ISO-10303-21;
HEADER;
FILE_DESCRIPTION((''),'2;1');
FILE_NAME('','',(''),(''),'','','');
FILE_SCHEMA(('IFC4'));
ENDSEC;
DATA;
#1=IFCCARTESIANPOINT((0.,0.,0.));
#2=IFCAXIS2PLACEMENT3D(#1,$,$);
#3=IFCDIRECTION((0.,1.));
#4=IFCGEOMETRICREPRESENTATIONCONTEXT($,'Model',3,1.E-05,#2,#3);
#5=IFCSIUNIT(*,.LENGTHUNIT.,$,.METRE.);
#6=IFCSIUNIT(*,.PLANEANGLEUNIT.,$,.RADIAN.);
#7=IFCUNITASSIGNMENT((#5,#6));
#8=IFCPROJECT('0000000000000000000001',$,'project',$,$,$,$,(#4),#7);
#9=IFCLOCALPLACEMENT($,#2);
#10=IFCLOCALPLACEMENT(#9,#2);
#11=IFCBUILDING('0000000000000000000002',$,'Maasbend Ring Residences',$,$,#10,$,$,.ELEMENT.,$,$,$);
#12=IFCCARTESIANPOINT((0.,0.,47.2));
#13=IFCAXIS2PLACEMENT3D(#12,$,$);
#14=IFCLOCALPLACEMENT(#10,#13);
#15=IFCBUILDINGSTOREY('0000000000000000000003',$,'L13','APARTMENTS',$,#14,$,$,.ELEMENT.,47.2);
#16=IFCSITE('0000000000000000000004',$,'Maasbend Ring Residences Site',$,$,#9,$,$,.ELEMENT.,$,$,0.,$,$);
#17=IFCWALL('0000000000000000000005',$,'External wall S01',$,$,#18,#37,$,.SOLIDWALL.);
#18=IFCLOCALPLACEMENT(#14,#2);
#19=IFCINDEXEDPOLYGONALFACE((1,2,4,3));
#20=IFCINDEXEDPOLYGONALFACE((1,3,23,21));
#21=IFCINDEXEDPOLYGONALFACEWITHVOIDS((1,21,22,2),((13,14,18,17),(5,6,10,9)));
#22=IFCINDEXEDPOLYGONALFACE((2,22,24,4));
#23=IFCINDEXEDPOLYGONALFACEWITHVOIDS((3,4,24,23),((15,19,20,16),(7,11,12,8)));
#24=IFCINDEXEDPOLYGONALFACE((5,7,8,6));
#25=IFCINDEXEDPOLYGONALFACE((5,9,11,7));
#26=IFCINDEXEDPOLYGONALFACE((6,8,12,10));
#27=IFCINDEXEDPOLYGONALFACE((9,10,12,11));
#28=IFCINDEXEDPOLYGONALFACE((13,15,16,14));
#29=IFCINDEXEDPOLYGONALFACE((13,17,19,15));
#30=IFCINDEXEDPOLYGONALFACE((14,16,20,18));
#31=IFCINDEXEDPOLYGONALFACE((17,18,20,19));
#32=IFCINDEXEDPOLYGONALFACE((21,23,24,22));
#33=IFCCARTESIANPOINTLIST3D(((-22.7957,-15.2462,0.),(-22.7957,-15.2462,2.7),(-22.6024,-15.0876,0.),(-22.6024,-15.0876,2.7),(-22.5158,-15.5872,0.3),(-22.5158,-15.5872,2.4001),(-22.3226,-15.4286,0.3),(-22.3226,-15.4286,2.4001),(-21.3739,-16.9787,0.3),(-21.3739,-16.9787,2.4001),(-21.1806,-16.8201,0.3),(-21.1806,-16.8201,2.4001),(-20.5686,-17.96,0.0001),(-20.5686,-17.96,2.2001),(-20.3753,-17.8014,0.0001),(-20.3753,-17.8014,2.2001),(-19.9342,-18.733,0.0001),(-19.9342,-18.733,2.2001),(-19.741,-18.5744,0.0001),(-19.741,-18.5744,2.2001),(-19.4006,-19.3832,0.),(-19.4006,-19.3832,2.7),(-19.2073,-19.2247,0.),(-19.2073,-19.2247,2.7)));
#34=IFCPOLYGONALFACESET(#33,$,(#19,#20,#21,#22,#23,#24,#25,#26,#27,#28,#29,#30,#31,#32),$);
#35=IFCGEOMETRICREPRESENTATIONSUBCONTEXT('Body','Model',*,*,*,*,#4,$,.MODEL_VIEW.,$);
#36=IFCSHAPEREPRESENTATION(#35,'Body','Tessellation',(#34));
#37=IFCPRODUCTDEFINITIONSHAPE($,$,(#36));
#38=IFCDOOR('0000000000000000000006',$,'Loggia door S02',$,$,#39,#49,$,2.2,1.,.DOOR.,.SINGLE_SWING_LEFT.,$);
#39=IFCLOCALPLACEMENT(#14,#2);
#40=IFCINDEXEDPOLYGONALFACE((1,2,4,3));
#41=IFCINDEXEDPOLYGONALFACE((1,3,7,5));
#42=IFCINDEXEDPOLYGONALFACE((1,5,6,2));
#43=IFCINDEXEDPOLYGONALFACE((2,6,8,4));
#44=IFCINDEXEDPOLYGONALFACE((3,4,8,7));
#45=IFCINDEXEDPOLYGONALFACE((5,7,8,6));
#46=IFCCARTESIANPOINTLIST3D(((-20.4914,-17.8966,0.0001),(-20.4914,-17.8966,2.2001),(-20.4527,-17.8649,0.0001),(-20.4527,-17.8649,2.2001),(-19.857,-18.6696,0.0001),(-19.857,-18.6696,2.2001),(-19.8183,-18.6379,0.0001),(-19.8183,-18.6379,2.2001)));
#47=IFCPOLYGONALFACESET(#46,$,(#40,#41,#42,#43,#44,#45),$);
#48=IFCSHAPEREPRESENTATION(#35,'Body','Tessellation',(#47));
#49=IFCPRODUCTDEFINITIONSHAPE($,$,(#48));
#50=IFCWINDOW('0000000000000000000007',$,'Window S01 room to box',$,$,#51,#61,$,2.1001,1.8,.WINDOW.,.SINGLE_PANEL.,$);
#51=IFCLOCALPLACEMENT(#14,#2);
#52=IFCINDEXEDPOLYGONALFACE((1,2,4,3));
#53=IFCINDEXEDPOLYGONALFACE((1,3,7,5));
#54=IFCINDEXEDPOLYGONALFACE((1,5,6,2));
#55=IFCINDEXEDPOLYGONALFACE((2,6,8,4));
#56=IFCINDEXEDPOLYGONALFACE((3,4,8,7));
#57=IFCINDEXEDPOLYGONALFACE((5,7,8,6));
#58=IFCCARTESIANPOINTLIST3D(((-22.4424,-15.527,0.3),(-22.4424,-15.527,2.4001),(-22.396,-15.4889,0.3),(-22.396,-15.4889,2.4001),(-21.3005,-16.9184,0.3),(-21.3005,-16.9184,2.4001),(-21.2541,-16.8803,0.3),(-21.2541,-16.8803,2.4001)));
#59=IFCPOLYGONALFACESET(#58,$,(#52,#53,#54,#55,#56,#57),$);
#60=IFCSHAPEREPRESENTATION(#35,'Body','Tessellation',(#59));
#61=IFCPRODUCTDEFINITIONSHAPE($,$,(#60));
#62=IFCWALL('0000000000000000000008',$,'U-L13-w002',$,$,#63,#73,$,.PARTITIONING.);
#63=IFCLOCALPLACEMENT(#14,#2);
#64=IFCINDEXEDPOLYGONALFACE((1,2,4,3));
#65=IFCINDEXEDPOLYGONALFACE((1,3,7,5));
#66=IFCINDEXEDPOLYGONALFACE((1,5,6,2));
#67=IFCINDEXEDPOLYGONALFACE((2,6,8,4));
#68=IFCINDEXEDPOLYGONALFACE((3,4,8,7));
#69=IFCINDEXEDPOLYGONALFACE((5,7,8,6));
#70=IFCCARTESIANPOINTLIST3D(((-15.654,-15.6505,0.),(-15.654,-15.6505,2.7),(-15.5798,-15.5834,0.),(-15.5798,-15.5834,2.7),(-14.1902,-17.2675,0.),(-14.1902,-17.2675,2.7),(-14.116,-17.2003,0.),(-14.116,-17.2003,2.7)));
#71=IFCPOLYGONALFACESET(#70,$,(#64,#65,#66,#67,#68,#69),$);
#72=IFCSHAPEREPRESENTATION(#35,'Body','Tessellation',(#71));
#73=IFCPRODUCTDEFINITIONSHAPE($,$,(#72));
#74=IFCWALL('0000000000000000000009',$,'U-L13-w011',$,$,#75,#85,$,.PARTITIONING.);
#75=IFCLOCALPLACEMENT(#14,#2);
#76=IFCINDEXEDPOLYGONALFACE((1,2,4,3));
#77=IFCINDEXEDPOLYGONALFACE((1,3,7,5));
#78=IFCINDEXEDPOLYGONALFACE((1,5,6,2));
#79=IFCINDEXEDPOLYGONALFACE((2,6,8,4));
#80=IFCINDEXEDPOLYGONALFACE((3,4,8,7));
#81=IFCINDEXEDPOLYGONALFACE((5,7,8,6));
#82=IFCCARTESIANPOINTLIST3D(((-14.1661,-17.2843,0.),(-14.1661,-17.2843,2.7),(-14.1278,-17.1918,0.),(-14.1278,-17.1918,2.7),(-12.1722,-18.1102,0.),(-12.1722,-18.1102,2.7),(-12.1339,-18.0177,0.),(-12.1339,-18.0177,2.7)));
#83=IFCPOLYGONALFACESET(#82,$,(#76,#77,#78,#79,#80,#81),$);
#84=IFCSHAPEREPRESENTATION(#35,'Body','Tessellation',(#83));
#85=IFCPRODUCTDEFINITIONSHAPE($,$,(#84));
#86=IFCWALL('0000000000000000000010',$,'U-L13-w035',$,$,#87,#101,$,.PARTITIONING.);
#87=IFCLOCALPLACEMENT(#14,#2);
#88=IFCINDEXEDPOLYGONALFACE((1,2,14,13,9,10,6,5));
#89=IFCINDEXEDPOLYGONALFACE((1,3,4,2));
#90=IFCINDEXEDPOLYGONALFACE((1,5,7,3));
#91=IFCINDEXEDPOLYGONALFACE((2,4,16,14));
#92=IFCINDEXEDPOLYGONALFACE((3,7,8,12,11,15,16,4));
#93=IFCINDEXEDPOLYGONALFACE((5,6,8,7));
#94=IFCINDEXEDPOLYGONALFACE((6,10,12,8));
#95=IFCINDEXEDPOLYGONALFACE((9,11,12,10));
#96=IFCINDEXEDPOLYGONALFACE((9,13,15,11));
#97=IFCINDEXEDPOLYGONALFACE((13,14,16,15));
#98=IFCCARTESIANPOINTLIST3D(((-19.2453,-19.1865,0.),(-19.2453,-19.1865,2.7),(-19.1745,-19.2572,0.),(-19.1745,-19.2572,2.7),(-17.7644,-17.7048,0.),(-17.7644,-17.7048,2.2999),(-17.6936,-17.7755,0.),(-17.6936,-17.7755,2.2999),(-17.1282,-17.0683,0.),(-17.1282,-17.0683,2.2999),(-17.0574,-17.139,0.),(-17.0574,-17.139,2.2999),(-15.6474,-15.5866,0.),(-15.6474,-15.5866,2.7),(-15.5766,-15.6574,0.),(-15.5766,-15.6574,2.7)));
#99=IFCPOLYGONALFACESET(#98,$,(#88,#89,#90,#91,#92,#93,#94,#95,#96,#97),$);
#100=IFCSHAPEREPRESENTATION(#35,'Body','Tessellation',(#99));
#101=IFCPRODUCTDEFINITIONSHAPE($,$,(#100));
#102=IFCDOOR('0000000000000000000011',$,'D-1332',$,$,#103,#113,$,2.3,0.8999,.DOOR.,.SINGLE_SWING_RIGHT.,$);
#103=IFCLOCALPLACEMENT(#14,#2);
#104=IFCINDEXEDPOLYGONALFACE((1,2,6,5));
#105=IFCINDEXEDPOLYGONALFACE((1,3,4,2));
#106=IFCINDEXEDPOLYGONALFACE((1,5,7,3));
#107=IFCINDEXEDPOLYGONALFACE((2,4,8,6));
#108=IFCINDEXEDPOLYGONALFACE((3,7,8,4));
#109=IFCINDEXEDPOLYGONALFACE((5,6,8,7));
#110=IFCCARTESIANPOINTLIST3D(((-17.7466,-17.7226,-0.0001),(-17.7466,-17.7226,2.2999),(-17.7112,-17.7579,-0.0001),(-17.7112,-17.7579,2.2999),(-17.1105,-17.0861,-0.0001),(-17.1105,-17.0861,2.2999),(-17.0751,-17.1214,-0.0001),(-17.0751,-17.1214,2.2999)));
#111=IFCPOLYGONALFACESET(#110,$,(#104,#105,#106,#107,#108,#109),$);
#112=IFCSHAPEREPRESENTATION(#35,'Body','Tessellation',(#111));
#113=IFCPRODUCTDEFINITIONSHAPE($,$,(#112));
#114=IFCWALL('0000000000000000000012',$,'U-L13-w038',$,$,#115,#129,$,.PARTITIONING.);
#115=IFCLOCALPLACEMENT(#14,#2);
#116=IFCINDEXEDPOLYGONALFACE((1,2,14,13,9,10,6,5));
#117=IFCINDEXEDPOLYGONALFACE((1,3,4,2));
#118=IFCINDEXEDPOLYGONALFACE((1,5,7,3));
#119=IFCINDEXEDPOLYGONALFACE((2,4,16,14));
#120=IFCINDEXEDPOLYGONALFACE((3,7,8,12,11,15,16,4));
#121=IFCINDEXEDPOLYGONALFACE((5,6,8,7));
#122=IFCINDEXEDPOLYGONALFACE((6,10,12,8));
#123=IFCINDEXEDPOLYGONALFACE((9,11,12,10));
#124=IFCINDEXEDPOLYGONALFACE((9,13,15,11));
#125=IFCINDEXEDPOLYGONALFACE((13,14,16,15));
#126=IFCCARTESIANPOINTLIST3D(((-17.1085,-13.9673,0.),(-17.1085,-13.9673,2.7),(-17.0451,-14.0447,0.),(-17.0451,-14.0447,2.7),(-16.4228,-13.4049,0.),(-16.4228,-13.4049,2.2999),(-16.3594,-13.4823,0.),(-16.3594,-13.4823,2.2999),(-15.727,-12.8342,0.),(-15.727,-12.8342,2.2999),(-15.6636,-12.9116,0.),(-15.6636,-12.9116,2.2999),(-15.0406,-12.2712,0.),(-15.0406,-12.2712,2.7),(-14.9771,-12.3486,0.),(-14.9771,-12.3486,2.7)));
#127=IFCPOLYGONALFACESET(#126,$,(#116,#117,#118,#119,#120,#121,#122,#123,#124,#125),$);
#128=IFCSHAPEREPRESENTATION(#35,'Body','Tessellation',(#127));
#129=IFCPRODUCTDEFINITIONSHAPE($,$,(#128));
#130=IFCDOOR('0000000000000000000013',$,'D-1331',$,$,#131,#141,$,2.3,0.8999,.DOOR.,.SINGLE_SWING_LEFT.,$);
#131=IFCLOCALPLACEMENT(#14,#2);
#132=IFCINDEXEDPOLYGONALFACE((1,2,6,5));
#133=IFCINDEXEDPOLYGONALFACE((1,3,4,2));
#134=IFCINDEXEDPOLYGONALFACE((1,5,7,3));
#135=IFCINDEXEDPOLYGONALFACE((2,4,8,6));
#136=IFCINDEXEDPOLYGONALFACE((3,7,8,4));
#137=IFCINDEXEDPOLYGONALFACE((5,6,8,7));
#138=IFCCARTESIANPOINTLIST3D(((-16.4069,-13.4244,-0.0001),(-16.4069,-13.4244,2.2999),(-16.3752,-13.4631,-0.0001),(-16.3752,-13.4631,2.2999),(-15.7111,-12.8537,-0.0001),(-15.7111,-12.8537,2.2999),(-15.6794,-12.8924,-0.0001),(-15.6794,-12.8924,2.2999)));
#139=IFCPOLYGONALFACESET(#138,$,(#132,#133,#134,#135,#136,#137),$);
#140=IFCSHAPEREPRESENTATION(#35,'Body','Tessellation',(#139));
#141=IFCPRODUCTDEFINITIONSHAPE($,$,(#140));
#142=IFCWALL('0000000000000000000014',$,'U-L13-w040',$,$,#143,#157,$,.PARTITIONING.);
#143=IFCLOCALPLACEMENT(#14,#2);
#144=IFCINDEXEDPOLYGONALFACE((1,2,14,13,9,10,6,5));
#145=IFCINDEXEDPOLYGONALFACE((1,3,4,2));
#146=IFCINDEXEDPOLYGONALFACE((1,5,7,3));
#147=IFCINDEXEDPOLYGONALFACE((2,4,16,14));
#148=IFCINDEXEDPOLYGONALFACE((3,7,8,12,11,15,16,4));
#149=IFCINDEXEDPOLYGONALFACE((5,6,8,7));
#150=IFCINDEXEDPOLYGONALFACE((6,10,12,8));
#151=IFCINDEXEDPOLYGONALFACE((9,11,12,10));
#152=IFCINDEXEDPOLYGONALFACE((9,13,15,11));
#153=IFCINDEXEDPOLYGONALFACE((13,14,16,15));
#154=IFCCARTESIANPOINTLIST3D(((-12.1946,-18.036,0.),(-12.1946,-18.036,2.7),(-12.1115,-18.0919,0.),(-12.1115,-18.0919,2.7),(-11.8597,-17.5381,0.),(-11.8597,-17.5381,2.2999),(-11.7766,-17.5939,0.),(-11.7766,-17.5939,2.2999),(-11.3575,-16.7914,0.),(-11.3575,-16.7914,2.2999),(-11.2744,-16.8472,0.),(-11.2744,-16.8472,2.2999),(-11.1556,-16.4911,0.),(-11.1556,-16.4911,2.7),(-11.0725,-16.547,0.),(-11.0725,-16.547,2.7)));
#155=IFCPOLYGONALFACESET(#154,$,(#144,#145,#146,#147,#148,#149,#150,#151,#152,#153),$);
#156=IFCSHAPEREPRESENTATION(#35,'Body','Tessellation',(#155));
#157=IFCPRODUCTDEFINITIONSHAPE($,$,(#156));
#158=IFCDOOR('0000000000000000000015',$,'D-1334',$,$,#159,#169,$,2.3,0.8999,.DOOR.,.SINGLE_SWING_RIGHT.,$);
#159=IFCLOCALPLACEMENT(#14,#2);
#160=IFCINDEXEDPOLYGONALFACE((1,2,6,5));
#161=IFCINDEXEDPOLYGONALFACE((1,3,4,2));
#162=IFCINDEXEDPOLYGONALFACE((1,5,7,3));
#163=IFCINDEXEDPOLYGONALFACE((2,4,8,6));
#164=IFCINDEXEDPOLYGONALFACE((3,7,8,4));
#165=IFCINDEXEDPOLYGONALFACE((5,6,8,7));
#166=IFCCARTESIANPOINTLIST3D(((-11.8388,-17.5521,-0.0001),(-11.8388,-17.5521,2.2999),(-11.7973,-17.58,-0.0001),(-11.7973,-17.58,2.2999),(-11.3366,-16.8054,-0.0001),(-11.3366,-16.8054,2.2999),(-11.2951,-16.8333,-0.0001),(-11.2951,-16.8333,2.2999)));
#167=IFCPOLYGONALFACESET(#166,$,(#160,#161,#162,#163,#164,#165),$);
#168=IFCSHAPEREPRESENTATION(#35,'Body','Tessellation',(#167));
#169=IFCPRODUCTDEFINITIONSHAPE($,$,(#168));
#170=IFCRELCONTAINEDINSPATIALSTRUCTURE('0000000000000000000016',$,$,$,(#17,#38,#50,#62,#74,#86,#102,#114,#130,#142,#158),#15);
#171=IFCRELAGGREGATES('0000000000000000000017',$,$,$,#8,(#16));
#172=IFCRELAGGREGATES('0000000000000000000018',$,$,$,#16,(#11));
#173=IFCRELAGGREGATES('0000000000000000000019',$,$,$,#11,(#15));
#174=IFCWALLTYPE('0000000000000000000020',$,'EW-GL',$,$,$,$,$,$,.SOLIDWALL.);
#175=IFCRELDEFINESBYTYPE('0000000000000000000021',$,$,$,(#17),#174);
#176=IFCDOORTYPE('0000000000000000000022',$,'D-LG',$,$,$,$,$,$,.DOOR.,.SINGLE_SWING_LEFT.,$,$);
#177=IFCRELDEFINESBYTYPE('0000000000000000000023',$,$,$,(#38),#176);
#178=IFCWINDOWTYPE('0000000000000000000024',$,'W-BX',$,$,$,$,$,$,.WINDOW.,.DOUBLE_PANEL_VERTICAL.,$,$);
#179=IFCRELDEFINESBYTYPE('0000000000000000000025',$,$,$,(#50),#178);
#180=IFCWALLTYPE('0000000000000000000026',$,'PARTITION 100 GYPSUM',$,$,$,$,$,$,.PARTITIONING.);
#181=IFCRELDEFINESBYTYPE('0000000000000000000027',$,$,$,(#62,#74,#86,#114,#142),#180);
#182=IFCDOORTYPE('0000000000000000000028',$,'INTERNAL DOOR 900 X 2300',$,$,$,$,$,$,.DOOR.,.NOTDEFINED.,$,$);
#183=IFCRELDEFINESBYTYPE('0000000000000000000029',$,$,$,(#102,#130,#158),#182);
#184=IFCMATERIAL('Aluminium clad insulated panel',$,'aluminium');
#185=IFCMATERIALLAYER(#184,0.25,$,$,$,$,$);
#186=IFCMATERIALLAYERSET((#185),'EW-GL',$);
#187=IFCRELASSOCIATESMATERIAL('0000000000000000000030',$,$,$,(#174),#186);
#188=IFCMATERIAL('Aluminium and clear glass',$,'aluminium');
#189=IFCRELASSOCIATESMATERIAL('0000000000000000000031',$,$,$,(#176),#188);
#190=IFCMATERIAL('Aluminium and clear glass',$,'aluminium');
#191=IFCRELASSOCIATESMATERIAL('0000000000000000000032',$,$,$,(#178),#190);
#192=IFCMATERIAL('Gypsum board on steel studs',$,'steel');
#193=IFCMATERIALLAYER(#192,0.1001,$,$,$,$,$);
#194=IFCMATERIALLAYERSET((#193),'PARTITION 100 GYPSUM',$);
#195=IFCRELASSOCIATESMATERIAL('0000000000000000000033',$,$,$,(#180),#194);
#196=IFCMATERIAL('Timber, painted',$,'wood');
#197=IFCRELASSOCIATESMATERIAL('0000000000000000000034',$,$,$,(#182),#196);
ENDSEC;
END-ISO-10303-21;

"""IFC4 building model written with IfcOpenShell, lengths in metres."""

from ifc_helpers import new_model, si_unit, direction, frame, frame_2d, origin, place, context, subcontext, project, spatial, rectangle, extrude, material, layer, layer_set, type_object, element, fill, save


model = new_model("IFC4")

# Units and contexts
model_context = context("Model", 3, precision=1e-05, world=origin(), true_north=direction((0.0, 1.0)))
body_context = subcontext(model_context, "Body", "Model", "MODEL_VIEW")
ifc_project = project(units=[si_unit("LENGTHUNIT", "METRE"), si_unit("PLANEANGLEUNIT", "RADIAN")], contexts=[model_context])

# Site, building, storey
site_placement = place(None, origin())
site = spatial("IfcSite", under=ifc_project, at=site_placement, Name="Maasbend Ring Residences Site", CompositionType="ELEMENT", RefElevation=0.0)
building_placement = place(site_placement, origin())
building = spatial("IfcBuilding", under=site, at=building_placement, Name="Maasbend Ring Residences", CompositionType="ELEMENT")
storey_placement = place(building_placement, frame((0.0, 0.0, 47.2)))
storey = spatial("IfcBuildingStorey", under=building, at=storey_placement, Name="L13", Description="APARTMENTS", CompositionType="ELEMENT", Elevation=47.2)

# Wall, openings, door, window
ifc_material_1 = material(Name="Aluminium clad insulated panel", Category="aluminium")
ifc_layer_1 = layer(ifc_material_1, 0.25)
ifc_layer_set_1 = layer_set([ifc_layer_1], Name="EW-GL")
wall_type_1 = type_object("IfcWallType", Name="EW-GL", PredefinedType="SOLIDWALL", material=ifc_layer_set_1)
wall_1_placement = place(storey_placement, frame((-22.699, -15.167, 0.0), z_axis=(0.0, 0.0, 1.0), x_axis=(0.634382, -0.773019, 0.0)))
wall_1 = element("IfcWall", 1, at=wall_1_placement, inside=storey, type_object=wall_type_1, Name="External wall S01", PredefinedType="SOLIDWALL", context=body_context, shape_type="SweptSolid", body=[
    extrude(rectangle(XDim=5.3518, YDim=0.25, at=frame_2d((2.6758, 0.0))), origin(), (0.0, 0.0, 1.0), 2.7),
])
opening_1_placement = place(wall_1_placement, frame((0.4412, 0.0, 0.3)))
opening_1 = element("IfcOpeningElement", 2, at=opening_1_placement, cuts=wall_1, PredefinedType="OPENING", context=body_context, shape_type="SweptSolid", body=[
    extrude(rectangle(XDim=1.8, YDim=2.1001, at=frame_2d((0.8999, 1.05))), frame((0.0, 0.135, 0.0), z_axis=(0.0, -1.0, 0.0), x_axis=(1.0, 0.0, 0.0)), (0.0, 0.0, 1.0), 0.27),
])
opening_2_placement = place(wall_1_placement, frame((3.5105, 0.0, 0.0)))
opening_2 = element("IfcOpeningElement", 3, at=opening_2_placement, cuts=wall_1, PredefinedType="OPENING", context=body_context, shape_type="SweptSolid", body=[
    extrude(rectangle(XDim=1.0, YDim=2.2, at=frame_2d((0.5, 1.1001))), frame((0.0, 0.135, 0.0), z_axis=(0.0, -1.0, 0.0), x_axis=(1.0, 0.0, 0.0)), (0.0, 0.0, 1.0), 0.27),
])
ifc_material_2 = material(Name="Aluminium and clear glass", Category="aluminium")
door_type_1 = type_object("IfcDoorType", Name="D-LG", OperationType="SINGLE_SWING_LEFT", PredefinedType="DOOR", material=ifc_material_2)
door_1_placement = place(opening_2_placement, origin())
door_1 = element("IfcDoor", 4, at=door_1_placement, inside=storey, type_object=door_type_1, Name="Loggia door S02", OperationType="SINGLE_SWING_LEFT", OverallHeight=2.2, OverallWidth=1.0, PredefinedType="DOOR", context=body_context, shape_type="SweptSolid", body=[
    extrude(rectangle(XDim=1.0, YDim=2.2, at=frame_2d((0.5, 1.1001))), frame((0.0, 0.0249, 0.0), z_axis=(0.0, -1.0, 0.0), x_axis=(1.0, 0.0, 0.0)), (0.0, 0.0, 1.0), 0.05),
])
fill(opening_2, door_1)
ifc_material_3 = material(Name="Aluminium and clear glass", Category="aluminium")
window_type_1 = type_object("IfcWindowType", Name="W-BX", PartitioningType="DOUBLE_PANEL_VERTICAL", PredefinedType="WINDOW", material=ifc_material_3)
window_1_placement = place(opening_1_placement, origin())
window_1 = element("IfcWindow", 5, at=window_1_placement, inside=storey, type_object=window_type_1, Name="Window S01 room to box", OverallHeight=2.1001, OverallWidth=1.8, PartitioningType="SINGLE_PANEL", PredefinedType="WINDOW", context=body_context, shape_type="SweptSolid", body=[
    extrude(rectangle(XDim=1.8, YDim=2.1001, at=frame_2d((0.8999, 1.05))), frame((0.0, 0.03, 0.0), z_axis=(0.0, -1.0, 0.0), x_axis=(1.0, 0.0, 0.0)), (0.0, 0.0, 1.0), 0.0601),
])
fill(opening_1, window_1)

# Walls
ifc_material_4 = material(Name="Gypsum board on steel studs", Category="steel")
ifc_layer_2 = layer(ifc_material_4, 0.1001)
ifc_layer_set_2 = layer_set([ifc_layer_2], Name="PARTITION 100 GYPSUM")
wall_type_2 = type_object("IfcWallType", Name="PARTITION 100 GYPSUM", PredefinedType="PARTITIONING", material=ifc_layer_set_2)
wall_2_placement = place(storey_placement, frame((-15.6169, -15.6169, 0.0), z_axis=(0.0, 0.0, 1.0), x_axis=(0.671145, -0.741326, 0.0)))
element("IfcWall", 6, at=wall_2_placement, inside=storey, type_object=wall_type_2, Name="U-L13-w002", PredefinedType="PARTITIONING", context=body_context, shape_type="SweptSolid", body=[
    extrude(rectangle(XDim=2.1812, YDim=0.1001, at=frame_2d((1.0906, 0.0))), origin(), (0.0, 0.0, 1.0), 2.7),
])
wall_3_placement = place(storey_placement, frame((-14.147, -17.238, 0.0), z_axis=(0.0, 0.0, 1.0), x_axis=(0.923875, -0.382695, 0.0)))
element("IfcWall", 7, at=wall_3_placement, inside=storey, type_object=wall_type_2, Name="U-L13-w011", PredefinedType="PARTITIONING", context=body_context, shape_type="SweptSolid", body=[
    extrude(rectangle(XDim=2.1582, YDim=0.1001, at=frame_2d((1.0791, 0.0))), origin(), (0.0, 0.0, 1.0), 2.7),
])

# Walls, openings, doors
wall_4_placement = place(storey_placement, frame((-19.21, -19.2219, 0.0), z_axis=(0.0, 0.0, 1.0), x_axis=(0.706915, 0.707299, 0.0)))
wall_4 = element("IfcWall", 8, at=wall_4_placement, inside=storey, type_object=wall_type_2, Name="U-L13-w035", PredefinedType="PARTITIONING", context=body_context, shape_type="SweptSolid", body=[
    extrude(rectangle(XDim=5.0896, YDim=0.1001, at=frame_2d((2.5449, 0.0))), origin(), (0.0, 0.0, 1.0), 2.7),
])
opening_3_placement = place(wall_4_placement, frame((2.095, 0.0, 0.0)))
opening_3 = element("IfcOpeningElement", 9, at=opening_3_placement, cuts=wall_4, PredefinedType="OPENING", context=body_context, shape_type="SweptSolid", body=[
    extrude(rectangle(XDim=0.8999, YDim=2.3, at=frame_2d((0.45, 1.1499))), frame((0.0, 0.0601, 0.0), z_axis=(0.0, -1.0, 0.0), x_axis=(1.0, 0.0, 0.0)), (0.0, 0.0, 1.0), 0.1201),
])
ifc_material_5 = material(Name="Timber, painted", Category="wood")
door_type_2 = type_object("IfcDoorType", Name="INTERNAL DOOR 900 X 2300", OperationType="NOTDEFINED", PredefinedType="DOOR", material=ifc_material_5)
door_2_placement = place(opening_3_placement, origin())
door_2 = element("IfcDoor", 10, at=door_2_placement, inside=storey, type_object=door_type_2, Name="D-1332", OperationType="SINGLE_SWING_RIGHT", OverallHeight=2.3, OverallWidth=0.8999, PredefinedType="DOOR", context=body_context, shape_type="SweptSolid", body=[
    extrude(rectangle(XDim=0.8999, YDim=2.3, at=frame_2d((0.45, 1.1499))), frame((0.0, 0.0249, 0.0), z_axis=(0.0, -1.0, 0.0), x_axis=(1.0, 0.0, 0.0)), (0.0, 0.0, 1.0), 0.05),
])
fill(opening_3, door_2)
wall_5_placement = place(storey_placement, frame((-17.0769, -14.0061, 0.0), z_axis=(0.0, 0.0, 1.0), x_axis=(0.773196, 0.634167, 0.0)))
wall_5 = element("IfcWall", 11, at=wall_5_placement, inside=storey, type_object=wall_type_2, Name="U-L13-w038", PredefinedType="PARTITIONING", context=body_context, shape_type="SweptSolid", body=[
    extrude(rectangle(XDim=2.6746, YDim=0.1001, at=frame_2d((1.3374, 0.0))), origin(), (0.0, 0.0, 1.0), 2.7),
])
opening_4_placement = place(wall_5_placement, frame((0.887, 0.0, 0.0)))
opening_4 = element("IfcOpeningElement", 12, at=opening_4_placement, cuts=wall_5, PredefinedType="OPENING", context=body_context, shape_type="SweptSolid", body=[
    extrude(rectangle(XDim=0.8999, YDim=2.3, at=frame_2d((0.45, 1.1499))), frame((0.0, 0.0601, 0.0), z_axis=(0.0, -1.0, 0.0), x_axis=(1.0, 0.0, 0.0)), (0.0, 0.0, 1.0), 0.1201),
])
door_3_placement = place(opening_4_placement, origin())
door_3 = element("IfcDoor", 13, at=door_3_placement, inside=storey, type_object=door_type_2, Name="D-1331", OperationType="SINGLE_SWING_LEFT", OverallHeight=2.3, OverallWidth=0.8999, PredefinedType="DOOR", context=body_context, shape_type="SweptSolid", body=[
    extrude(rectangle(XDim=0.8999, YDim=2.3, at=frame_2d((0.45, 1.1499))), frame((0.0, 0.0249, 0.0), z_axis=(0.0, -1.0, 0.0), x_axis=(1.0, 0.0, 0.0)), (0.0, 0.0, 1.0), 0.05),
])
fill(opening_4, door_3)
wall_6_placement = place(storey_placement, frame((-12.1531, -18.064, 0.0), z_axis=(0.0, 0.0, 1.0), x_axis=(0.558085, 0.829784, 0.0)))
wall_6 = element("IfcWall", 14, at=wall_6_placement, inside=storey, type_object=wall_type_2, Name="U-L13-w040", PredefinedType="PARTITIONING", context=body_context, shape_type="SweptSolid", body=[
    extrude(rectangle(XDim=1.8618, YDim=0.1001, at=frame_2d((0.9309, 0.0))), origin(), (0.0, 0.0, 1.0), 2.7),
])
opening_5_placement = place(wall_6_placement, frame((0.6001, 0.0, 0.0)))
opening_5 = element("IfcOpeningElement", 15, at=opening_5_placement, cuts=wall_6, PredefinedType="OPENING", context=body_context, shape_type="SweptSolid", body=[
    extrude(rectangle(XDim=0.8999, YDim=2.3, at=frame_2d((0.45, 1.1499))), frame((0.0, 0.0601, 0.0), z_axis=(0.0, -1.0, 0.0), x_axis=(1.0, 0.0, 0.0)), (0.0, 0.0, 1.0), 0.1201),
])
door_4_placement = place(opening_5_placement, origin())
door_4 = element("IfcDoor", 16, at=door_4_placement, inside=storey, type_object=door_type_2, Name="D-1334", OperationType="SINGLE_SWING_RIGHT", OverallHeight=2.3, OverallWidth=0.8999, PredefinedType="DOOR", context=body_context, shape_type="SweptSolid", body=[
    extrude(rectangle(XDim=0.8999, YDim=2.3, at=frame_2d((0.45, 1.1499))), frame((0.0, 0.0249, 0.0), z_axis=(0.0, -1.0, 0.0), x_axis=(1.0, 0.0, 0.0)), (0.0, 0.0, 1.0), 0.05),
])
fill(opening_5, door_4)

save(model, "model.ifc")
